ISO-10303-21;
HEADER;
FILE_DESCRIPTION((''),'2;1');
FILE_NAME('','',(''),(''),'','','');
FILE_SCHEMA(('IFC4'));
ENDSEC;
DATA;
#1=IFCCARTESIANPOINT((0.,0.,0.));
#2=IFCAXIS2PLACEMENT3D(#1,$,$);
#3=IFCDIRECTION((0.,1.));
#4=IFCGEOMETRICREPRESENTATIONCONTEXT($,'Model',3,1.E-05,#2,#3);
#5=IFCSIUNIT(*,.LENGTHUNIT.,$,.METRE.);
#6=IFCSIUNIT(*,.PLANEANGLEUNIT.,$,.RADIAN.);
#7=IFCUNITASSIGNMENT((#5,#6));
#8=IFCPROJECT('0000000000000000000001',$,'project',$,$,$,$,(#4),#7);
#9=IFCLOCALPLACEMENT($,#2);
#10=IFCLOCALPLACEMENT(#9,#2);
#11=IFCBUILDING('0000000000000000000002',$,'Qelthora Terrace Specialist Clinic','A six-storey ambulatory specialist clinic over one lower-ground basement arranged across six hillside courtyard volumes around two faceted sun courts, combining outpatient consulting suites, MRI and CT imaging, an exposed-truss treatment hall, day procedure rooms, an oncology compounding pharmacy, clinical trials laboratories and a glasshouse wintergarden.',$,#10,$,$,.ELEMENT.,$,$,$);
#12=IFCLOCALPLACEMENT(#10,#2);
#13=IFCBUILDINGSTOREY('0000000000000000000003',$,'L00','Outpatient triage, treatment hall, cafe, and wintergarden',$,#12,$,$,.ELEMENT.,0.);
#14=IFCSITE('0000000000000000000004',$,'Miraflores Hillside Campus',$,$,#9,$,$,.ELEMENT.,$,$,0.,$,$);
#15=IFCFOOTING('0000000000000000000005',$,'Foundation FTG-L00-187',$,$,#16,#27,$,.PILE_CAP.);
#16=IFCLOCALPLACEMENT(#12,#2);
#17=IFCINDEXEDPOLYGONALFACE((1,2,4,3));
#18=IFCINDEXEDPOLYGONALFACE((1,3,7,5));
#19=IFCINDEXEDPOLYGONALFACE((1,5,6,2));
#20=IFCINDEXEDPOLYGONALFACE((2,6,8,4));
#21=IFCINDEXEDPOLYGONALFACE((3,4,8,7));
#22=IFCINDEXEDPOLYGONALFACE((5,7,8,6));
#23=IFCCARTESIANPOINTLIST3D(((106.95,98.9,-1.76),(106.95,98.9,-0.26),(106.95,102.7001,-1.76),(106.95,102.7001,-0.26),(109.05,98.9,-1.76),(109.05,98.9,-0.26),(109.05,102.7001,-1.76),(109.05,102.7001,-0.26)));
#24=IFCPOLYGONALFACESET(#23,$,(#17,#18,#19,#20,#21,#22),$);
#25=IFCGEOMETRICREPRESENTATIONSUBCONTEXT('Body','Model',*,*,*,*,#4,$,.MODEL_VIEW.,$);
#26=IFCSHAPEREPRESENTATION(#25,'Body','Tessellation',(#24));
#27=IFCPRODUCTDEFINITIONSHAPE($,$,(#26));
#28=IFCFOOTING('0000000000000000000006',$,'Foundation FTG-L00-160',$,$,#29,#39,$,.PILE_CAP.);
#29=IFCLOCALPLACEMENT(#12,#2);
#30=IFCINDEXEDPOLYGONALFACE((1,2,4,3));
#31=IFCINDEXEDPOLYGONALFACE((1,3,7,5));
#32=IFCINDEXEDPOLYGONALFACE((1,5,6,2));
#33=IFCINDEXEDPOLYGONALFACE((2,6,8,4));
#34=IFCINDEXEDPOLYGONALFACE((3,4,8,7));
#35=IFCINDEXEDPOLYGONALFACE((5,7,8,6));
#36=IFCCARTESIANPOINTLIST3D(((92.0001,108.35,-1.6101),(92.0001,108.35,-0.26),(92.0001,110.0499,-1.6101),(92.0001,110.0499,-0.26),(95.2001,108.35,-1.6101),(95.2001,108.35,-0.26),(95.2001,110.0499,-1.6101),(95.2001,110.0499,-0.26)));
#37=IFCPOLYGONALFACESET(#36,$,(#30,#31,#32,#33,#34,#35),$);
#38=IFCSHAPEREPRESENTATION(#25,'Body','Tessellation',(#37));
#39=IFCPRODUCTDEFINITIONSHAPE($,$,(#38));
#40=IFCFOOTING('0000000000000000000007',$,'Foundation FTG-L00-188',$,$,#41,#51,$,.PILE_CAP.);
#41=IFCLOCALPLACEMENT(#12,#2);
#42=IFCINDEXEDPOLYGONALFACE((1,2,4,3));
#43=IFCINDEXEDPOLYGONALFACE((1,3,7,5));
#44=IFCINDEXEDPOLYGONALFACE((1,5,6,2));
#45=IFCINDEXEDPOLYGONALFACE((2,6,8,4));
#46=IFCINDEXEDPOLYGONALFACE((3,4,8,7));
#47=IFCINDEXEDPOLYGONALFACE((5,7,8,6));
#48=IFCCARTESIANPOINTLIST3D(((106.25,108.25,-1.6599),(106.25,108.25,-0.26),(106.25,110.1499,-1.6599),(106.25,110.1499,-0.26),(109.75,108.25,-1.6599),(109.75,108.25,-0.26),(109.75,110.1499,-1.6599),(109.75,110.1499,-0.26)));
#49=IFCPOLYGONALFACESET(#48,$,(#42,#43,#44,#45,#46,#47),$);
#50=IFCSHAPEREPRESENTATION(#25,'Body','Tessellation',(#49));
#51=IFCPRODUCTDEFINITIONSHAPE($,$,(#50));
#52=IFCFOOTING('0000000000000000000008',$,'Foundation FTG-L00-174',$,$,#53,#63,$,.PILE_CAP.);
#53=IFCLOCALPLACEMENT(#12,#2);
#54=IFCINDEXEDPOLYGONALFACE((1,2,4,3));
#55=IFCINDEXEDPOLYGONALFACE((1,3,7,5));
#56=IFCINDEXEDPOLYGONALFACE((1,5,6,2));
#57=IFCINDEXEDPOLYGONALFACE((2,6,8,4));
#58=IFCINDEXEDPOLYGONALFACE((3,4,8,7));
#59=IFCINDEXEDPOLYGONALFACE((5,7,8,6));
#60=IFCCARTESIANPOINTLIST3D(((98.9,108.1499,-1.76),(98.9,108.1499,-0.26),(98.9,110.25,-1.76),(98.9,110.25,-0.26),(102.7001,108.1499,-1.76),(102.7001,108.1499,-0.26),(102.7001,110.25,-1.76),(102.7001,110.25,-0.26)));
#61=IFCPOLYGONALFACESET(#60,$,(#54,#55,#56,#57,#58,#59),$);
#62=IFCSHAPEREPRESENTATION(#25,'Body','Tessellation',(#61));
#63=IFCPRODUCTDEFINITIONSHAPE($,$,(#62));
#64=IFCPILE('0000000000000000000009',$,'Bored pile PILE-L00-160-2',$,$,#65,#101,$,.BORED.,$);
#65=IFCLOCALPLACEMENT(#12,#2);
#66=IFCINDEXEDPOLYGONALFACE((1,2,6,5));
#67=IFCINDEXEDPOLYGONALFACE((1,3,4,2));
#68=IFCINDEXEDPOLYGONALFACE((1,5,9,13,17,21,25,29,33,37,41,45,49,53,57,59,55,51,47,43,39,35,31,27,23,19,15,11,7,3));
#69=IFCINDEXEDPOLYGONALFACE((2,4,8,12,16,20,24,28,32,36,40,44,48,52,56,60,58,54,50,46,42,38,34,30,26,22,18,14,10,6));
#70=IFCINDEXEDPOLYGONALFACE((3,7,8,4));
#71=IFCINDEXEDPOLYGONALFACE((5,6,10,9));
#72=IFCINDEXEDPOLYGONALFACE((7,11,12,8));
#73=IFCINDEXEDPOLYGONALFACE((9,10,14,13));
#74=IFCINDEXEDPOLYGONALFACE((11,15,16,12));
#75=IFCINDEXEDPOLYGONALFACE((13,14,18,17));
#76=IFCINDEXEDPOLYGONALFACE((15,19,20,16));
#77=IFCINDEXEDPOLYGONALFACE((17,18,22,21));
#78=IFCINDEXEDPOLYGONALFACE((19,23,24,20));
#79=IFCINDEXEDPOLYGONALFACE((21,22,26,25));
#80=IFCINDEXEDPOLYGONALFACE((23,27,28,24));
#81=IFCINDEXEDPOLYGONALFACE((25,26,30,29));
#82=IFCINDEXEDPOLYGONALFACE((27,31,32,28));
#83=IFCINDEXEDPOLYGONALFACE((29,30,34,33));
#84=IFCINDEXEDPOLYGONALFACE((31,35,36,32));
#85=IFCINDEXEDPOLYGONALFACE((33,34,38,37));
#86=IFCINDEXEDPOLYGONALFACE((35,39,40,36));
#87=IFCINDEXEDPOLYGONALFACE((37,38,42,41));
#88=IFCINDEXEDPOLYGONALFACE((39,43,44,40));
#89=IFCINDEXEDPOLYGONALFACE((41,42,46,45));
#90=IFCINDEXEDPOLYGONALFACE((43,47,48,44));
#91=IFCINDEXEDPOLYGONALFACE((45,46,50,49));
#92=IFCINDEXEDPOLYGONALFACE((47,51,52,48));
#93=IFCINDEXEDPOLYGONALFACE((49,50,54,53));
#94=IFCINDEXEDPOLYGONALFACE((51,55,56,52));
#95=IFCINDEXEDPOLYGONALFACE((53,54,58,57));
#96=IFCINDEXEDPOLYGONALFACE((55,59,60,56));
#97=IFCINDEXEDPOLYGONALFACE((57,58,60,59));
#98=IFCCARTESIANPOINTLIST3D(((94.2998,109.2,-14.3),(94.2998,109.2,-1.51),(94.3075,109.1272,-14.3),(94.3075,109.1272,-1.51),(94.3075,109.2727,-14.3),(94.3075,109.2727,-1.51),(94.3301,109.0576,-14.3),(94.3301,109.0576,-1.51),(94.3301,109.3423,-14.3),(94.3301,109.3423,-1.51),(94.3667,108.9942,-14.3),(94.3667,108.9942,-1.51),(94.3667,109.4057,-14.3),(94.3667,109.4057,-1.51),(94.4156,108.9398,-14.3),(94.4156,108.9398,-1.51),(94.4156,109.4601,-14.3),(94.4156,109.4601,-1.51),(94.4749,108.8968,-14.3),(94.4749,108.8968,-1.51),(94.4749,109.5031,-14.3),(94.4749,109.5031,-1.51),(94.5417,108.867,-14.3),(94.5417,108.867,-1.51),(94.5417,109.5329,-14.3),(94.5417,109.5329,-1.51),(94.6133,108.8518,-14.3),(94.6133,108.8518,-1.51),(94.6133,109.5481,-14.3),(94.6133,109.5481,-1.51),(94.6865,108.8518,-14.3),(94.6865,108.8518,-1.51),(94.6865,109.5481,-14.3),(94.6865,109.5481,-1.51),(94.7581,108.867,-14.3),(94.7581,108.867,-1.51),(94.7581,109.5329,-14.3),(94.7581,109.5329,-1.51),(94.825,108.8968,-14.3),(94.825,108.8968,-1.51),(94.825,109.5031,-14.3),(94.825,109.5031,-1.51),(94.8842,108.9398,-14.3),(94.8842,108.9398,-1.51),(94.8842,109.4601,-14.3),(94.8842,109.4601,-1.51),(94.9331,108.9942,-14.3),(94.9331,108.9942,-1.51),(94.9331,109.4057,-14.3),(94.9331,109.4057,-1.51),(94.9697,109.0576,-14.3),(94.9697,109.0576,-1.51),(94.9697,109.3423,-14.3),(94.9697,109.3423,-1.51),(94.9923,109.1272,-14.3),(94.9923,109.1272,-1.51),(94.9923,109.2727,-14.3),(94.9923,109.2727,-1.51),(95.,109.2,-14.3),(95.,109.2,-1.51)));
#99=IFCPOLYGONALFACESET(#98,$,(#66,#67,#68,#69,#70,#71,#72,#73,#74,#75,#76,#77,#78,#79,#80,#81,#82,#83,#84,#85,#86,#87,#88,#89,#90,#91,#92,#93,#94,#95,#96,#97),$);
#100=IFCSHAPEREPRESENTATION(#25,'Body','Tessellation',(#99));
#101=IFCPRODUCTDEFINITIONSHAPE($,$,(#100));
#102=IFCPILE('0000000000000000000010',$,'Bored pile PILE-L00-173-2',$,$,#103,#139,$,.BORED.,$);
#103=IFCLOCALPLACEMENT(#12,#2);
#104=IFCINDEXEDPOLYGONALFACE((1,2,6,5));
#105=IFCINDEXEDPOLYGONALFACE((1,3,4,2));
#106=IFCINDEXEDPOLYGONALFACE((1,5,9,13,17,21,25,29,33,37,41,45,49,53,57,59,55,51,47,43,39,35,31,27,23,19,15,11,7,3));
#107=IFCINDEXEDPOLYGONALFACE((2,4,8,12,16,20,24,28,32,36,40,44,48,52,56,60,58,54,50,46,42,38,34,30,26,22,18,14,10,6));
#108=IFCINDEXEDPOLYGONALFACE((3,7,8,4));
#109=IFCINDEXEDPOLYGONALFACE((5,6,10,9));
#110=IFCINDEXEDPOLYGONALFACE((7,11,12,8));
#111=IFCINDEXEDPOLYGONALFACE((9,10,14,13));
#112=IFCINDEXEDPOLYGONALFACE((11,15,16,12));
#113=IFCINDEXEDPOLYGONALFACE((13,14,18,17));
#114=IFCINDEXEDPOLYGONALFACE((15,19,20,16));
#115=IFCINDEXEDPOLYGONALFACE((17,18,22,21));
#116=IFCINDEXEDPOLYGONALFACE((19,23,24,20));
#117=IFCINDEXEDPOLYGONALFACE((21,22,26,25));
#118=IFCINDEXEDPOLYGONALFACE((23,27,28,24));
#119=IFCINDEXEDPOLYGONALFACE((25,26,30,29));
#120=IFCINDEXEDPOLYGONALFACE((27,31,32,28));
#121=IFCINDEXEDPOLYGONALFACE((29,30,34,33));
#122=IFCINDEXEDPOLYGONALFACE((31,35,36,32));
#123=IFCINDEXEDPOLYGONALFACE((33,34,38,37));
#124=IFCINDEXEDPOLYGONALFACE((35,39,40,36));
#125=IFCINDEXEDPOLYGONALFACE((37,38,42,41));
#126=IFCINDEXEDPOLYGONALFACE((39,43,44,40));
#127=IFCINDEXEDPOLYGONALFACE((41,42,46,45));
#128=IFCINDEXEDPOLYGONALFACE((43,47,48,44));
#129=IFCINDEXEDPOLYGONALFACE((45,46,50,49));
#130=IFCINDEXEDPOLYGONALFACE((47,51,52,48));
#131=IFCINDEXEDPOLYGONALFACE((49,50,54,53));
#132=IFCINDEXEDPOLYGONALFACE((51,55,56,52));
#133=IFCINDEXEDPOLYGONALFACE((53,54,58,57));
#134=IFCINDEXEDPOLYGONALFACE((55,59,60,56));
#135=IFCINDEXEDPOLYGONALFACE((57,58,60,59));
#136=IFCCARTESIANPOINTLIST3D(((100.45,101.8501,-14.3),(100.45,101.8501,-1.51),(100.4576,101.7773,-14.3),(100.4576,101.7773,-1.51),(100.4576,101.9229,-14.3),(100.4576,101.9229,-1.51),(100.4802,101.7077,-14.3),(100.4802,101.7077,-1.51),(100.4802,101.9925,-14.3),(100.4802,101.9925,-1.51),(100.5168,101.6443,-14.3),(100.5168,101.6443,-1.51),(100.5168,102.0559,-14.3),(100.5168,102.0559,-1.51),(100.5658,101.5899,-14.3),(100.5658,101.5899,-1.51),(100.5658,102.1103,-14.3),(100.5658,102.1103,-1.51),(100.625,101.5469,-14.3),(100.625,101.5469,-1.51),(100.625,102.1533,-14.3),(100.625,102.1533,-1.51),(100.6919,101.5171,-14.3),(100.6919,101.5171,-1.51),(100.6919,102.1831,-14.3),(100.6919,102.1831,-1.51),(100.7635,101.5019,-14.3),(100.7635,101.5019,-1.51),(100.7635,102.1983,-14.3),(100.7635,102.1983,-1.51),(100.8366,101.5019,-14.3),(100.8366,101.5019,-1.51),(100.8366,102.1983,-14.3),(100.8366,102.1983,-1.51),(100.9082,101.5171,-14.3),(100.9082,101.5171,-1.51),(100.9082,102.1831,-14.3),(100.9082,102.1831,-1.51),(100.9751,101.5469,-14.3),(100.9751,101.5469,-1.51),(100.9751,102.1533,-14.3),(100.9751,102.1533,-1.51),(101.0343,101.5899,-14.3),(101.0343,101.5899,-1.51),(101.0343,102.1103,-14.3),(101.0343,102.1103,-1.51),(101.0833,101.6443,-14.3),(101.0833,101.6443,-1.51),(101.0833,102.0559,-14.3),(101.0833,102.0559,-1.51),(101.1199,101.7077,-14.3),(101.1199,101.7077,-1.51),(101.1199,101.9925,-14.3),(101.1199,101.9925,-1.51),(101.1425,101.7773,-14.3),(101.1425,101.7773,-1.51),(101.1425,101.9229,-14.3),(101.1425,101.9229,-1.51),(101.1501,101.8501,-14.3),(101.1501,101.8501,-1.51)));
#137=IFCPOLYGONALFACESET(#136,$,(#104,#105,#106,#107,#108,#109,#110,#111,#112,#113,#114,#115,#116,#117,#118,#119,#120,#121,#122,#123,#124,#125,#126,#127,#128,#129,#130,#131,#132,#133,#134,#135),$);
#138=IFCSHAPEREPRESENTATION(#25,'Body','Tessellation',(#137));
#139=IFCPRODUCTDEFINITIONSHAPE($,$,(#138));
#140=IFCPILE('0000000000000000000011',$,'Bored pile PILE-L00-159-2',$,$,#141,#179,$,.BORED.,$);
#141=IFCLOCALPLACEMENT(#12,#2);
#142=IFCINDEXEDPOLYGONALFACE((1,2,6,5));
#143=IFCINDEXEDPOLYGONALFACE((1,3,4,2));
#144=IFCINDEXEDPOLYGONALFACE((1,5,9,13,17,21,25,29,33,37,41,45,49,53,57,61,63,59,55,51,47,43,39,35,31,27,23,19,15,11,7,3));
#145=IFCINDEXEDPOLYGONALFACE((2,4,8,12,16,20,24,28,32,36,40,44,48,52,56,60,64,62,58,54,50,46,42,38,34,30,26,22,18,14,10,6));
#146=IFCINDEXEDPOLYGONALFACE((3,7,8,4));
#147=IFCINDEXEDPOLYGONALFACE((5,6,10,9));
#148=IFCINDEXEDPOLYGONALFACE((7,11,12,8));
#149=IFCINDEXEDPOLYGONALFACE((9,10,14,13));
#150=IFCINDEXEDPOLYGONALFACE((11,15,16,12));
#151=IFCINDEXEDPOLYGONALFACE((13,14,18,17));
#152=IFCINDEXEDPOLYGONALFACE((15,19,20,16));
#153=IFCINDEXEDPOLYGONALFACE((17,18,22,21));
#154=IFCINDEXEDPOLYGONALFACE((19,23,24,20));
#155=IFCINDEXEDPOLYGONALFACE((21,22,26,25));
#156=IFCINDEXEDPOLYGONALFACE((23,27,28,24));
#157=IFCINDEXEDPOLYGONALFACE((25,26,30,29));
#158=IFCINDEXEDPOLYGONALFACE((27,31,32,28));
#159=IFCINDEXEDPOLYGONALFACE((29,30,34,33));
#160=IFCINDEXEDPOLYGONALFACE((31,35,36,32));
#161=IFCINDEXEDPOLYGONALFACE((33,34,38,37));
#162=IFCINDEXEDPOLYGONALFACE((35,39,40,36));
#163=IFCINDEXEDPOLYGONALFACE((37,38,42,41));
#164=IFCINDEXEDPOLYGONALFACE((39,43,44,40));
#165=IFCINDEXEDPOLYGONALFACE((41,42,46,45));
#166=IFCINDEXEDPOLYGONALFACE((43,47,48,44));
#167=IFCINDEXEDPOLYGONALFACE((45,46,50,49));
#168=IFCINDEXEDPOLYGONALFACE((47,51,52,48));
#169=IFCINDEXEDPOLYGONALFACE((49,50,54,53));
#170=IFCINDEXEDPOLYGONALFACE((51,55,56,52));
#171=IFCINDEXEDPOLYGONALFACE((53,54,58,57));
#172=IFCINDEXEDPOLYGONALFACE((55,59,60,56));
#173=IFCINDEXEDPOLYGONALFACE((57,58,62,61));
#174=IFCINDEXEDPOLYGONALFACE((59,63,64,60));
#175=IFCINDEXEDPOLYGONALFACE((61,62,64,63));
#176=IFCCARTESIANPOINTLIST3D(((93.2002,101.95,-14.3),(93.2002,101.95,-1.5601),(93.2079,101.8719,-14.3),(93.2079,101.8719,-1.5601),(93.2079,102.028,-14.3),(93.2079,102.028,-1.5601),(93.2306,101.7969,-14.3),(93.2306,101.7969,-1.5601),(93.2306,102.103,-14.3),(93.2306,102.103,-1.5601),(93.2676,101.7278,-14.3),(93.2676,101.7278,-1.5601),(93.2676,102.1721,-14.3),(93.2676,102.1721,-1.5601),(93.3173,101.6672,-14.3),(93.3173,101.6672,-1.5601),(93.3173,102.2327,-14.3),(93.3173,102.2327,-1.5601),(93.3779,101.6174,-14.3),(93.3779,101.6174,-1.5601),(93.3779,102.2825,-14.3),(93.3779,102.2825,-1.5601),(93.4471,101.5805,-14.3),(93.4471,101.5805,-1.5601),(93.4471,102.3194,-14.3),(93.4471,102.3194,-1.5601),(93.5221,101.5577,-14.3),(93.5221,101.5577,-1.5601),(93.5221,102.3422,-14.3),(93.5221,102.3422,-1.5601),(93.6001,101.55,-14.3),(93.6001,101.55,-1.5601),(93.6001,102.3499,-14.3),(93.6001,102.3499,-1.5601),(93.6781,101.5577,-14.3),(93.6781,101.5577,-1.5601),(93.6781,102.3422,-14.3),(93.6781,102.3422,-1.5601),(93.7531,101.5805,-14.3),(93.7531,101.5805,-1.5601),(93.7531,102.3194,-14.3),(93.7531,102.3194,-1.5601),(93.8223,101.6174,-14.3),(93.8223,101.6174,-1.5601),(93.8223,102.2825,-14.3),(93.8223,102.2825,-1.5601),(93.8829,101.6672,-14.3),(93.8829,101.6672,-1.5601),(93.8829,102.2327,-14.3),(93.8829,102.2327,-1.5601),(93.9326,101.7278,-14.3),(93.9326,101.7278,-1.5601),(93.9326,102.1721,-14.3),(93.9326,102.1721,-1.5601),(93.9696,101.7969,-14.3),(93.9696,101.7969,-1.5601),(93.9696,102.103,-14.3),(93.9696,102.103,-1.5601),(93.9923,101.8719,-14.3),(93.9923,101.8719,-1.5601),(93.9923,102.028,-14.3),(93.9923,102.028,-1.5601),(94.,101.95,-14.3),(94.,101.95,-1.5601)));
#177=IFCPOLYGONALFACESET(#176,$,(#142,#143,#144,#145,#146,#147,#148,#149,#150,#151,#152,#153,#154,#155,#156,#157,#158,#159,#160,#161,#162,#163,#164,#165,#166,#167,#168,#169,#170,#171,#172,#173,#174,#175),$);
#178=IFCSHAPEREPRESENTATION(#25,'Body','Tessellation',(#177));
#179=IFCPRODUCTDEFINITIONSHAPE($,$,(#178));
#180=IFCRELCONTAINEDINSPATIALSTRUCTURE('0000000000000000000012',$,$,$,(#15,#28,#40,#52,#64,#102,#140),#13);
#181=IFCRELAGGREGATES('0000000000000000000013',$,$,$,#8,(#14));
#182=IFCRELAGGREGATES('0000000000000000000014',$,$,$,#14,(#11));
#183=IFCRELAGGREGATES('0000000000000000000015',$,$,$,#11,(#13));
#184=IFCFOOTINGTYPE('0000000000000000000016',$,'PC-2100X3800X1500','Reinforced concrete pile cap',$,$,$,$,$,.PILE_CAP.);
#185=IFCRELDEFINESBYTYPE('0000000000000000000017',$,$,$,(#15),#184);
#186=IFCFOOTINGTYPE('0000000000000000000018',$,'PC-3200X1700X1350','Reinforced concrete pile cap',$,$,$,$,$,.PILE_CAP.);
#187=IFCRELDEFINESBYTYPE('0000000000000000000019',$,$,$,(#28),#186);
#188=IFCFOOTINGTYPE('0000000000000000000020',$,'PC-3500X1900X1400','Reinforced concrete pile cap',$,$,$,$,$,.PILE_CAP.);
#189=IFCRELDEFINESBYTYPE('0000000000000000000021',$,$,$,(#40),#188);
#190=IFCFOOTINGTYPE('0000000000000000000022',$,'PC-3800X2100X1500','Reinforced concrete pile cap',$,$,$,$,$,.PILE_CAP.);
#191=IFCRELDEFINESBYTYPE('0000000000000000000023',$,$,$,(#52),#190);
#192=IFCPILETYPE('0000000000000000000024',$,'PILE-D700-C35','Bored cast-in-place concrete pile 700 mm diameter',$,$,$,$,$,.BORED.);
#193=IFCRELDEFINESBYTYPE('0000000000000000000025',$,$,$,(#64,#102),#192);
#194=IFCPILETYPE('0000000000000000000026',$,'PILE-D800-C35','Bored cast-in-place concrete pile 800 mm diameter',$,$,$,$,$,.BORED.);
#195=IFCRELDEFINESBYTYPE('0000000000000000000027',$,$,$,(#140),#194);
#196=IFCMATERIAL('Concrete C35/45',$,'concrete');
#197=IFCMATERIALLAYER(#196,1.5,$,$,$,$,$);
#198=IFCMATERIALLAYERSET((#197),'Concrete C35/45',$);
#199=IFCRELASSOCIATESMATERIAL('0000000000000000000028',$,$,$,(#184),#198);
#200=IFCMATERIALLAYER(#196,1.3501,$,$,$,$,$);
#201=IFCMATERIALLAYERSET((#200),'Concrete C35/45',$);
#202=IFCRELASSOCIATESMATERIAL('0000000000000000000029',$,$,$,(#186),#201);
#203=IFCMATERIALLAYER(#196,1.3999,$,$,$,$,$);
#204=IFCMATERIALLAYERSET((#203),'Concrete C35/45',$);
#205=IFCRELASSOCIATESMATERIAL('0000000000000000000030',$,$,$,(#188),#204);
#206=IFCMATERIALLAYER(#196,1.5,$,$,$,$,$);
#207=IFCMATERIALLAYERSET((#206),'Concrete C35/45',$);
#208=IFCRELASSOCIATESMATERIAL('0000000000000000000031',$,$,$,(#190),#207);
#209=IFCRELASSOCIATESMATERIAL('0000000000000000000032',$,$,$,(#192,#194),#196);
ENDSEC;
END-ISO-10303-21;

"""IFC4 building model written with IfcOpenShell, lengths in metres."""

from ifc_helpers import new_model, si_unit, direction, frame, origin, origin_2d, place, context, subcontext, project, spatial, rectangle, circle, extrude, material, layer, layer_set, material_profile, profile_set, type_object, element, save


model = new_model("IFC4")

# Units and contexts
model_context = context("Model", 3, precision=1e-05, world=origin(), true_north=direction((0.0, 1.0)))
body_context = subcontext(model_context, "Body", "Model", "MODEL_VIEW")
ifc_project = project(units=[si_unit("LENGTHUNIT", "METRE"), si_unit("PLANEANGLEUNIT", "RADIAN")], contexts=[model_context])

# Site, building, storey
site_placement = place(None, origin())
site = spatial("IfcSite", under=ifc_project, at=site_placement, Name="Miraflores Hillside Campus", CompositionType="ELEMENT", RefElevation=0.0)
building_placement = place(site_placement, origin())
building = spatial("IfcBuilding", under=site, at=building_placement, Name="Qelthora Terrace Specialist Clinic", Description="A six-storey ambulatory specialist clinic over one lower-ground basement arranged across six hillside courtyard volumes around two faceted sun courts, combining outpatient consulting suites, MRI and CT imaging, an exposed-truss treatment hall, day procedure rooms, an oncology compounding pharmacy, clinical trials laboratories and a glasshouse wintergarden.", CompositionType="ELEMENT")
storey_placement = place(building_placement, origin())
storey = spatial("IfcBuildingStorey", under=building, at=storey_placement, Name="L00", Description="Outpatient triage, treatment hall, cafe, and wintergarden", CompositionType="ELEMENT", Elevation=0.0)

# Footings
ifc_material_1 = material(Name="Concrete C35/45", Category="concrete")
ifc_layer_1 = layer(ifc_material_1, 1.5)
ifc_layer_set_1 = layer_set([ifc_layer_1], Name="Concrete C35/45")
footing_type_1 = type_object("IfcFootingType", Name="PC-2100X3800X1500", Description="Reinforced concrete pile cap", PredefinedType="PILE_CAP", material=ifc_layer_set_1)
footing_1_placement = place(storey_placement, frame((108.0, 100.8, -1.76), z_axis=(0.0, 0.0, 1.0), x_axis=(1.0, 0.0, 0.0)))
element("IfcFooting", 1, at=footing_1_placement, inside=storey, type_object=footing_type_1, Name="Foundation FTG-L00-187", PredefinedType="PILE_CAP", context=body_context, shape_type="SweptSolid", body=[
    extrude(rectangle(XDim=2.1001, YDim=3.8, at=origin_2d()), origin(), (0.0, 0.0, 1.0), 1.5),
])
ifc_layer_2 = layer(ifc_material_1, 1.3501)
ifc_layer_set_2 = layer_set([ifc_layer_2], Name="Concrete C35/45")
footing_type_2 = type_object("IfcFootingType", Name="PC-3200X1700X1350", Description="Reinforced concrete pile cap", PredefinedType="PILE_CAP", material=ifc_layer_set_2)
footing_2_placement = place(storey_placement, frame((93.6001, 109.2, -1.6101), z_axis=(0.0, 0.0, 1.0), x_axis=(1.0, 0.0, 0.0)))
element("IfcFooting", 2, at=footing_2_placement, inside=storey, type_object=footing_type_2, Name="Foundation FTG-L00-160", PredefinedType="PILE_CAP", context=body_context, shape_type="SweptSolid", body=[
    extrude(rectangle(XDim=3.2, YDim=1.7, at=origin_2d()), origin(), (0.0, 0.0, 1.0), 1.3501),
])
ifc_layer_3 = layer(ifc_material_1, 1.3999)
ifc_layer_set_3 = layer_set([ifc_layer_3], Name="Concrete C35/45")
footing_type_3 = type_object("IfcFootingType", Name="PC-3500X1900X1400", Description="Reinforced concrete pile cap", PredefinedType="PILE_CAP", material=ifc_layer_set_3)
footing_3_placement = place(storey_placement, frame((108.0, 109.2, -1.6599), z_axis=(0.0, 0.0, 1.0), x_axis=(1.0, 0.0, 0.0)))
element("IfcFooting", 3, at=footing_3_placement, inside=storey, type_object=footing_type_3, Name="Foundation FTG-L00-188", PredefinedType="PILE_CAP", context=body_context, shape_type="SweptSolid", body=[
    extrude(rectangle(XDim=3.5, YDim=1.8999, at=origin_2d()), origin(), (0.0, 0.0, 1.0), 1.3999),
])
ifc_layer_4 = layer(ifc_material_1, 1.5)
ifc_layer_set_4 = layer_set([ifc_layer_4], Name="Concrete C35/45")
footing_type_4 = type_object("IfcFootingType", Name="PC-3800X2100X1500", Description="Reinforced concrete pile cap", PredefinedType="PILE_CAP", material=ifc_layer_set_4)
footing_4_placement = place(storey_placement, frame((100.8, 109.2, -1.76), z_axis=(0.0, 0.0, 1.0), x_axis=(1.0, 0.0, 0.0)))
element("IfcFooting", 4, at=footing_4_placement, inside=storey, type_object=footing_type_4, Name="Foundation FTG-L00-174", PredefinedType="PILE_CAP", context=body_context, shape_type="SweptSolid", body=[
    extrude(rectangle(XDim=3.8, YDim=2.1001, at=origin_2d()), origin(), (0.0, 0.0, 1.0), 1.5),
])

# Piles
ifc_material_profile_1 = material_profile(ifc_material_1, circle(Radius=0.3501, at=origin_2d()), Name="PILE700")
ifc_profile_set_1 = profile_set([ifc_material_profile_1], Name="Concrete C35/45")
pile_type_1 = type_object("IfcPileType", Name="PILE-D700-C35", Description="Bored cast-in-place concrete pile 700 mm diameter", PredefinedType="BORED", material=ifc_profile_set_1)
for number, where, z_axis, x_axis, name in (
    (5, (94.6499, 109.2, -1.51), (0.0, 0.0, -1.0), (1.0, 0.0, 0.0), "Bored pile PILE-L00-160-2"),
    (6, (100.8, 101.8501, -1.51), (0.0, 0.0, -1.0), (1.0, 0.0, 0.0), "Bored pile PILE-L00-173-2"),
):
    element("IfcPile", number, at=place(storey_placement, frame(where, z_axis=z_axis, x_axis=x_axis)), inside=storey, type_object=pile_type_1, Name=name, PredefinedType="BORED", context=body_context, shape_type="SweptSolid", body=[
        extrude(circle(Radius=0.3501, at=origin_2d()), origin(), (0.0, 0.0, 1.0), 12.79),
    ])
ifc_material_profile_2 = material_profile(ifc_material_1, circle(Radius=0.3999, at=origin_2d()), Name="PILE800")
ifc_profile_set_2 = profile_set([ifc_material_profile_2], Name="Concrete C35/45")
pile_type_2 = type_object("IfcPileType", Name="PILE-D800-C35", Description="Bored cast-in-place concrete pile 800 mm diameter", PredefinedType="BORED", material=ifc_profile_set_2)
for number, where, z_axis, x_axis, name in (
    (7, (93.6001, 101.95, -1.5601), (0.0, 0.0, -1.0), (1.0, 0.0, 0.0), "Bored pile PILE-L00-159-2"),
):
    element("IfcPile", number, at=place(storey_placement, frame(where, z_axis=z_axis, x_axis=x_axis)), inside=storey, type_object=pile_type_2, Name=name, PredefinedType="BORED", context=body_context, shape_type="SweptSolid", body=[
        extrude(circle(Radius=0.3999, at=origin_2d()), origin(), (0.0, 0.0, 1.0), 12.74),
    ])

save(model, "model.ifc")
